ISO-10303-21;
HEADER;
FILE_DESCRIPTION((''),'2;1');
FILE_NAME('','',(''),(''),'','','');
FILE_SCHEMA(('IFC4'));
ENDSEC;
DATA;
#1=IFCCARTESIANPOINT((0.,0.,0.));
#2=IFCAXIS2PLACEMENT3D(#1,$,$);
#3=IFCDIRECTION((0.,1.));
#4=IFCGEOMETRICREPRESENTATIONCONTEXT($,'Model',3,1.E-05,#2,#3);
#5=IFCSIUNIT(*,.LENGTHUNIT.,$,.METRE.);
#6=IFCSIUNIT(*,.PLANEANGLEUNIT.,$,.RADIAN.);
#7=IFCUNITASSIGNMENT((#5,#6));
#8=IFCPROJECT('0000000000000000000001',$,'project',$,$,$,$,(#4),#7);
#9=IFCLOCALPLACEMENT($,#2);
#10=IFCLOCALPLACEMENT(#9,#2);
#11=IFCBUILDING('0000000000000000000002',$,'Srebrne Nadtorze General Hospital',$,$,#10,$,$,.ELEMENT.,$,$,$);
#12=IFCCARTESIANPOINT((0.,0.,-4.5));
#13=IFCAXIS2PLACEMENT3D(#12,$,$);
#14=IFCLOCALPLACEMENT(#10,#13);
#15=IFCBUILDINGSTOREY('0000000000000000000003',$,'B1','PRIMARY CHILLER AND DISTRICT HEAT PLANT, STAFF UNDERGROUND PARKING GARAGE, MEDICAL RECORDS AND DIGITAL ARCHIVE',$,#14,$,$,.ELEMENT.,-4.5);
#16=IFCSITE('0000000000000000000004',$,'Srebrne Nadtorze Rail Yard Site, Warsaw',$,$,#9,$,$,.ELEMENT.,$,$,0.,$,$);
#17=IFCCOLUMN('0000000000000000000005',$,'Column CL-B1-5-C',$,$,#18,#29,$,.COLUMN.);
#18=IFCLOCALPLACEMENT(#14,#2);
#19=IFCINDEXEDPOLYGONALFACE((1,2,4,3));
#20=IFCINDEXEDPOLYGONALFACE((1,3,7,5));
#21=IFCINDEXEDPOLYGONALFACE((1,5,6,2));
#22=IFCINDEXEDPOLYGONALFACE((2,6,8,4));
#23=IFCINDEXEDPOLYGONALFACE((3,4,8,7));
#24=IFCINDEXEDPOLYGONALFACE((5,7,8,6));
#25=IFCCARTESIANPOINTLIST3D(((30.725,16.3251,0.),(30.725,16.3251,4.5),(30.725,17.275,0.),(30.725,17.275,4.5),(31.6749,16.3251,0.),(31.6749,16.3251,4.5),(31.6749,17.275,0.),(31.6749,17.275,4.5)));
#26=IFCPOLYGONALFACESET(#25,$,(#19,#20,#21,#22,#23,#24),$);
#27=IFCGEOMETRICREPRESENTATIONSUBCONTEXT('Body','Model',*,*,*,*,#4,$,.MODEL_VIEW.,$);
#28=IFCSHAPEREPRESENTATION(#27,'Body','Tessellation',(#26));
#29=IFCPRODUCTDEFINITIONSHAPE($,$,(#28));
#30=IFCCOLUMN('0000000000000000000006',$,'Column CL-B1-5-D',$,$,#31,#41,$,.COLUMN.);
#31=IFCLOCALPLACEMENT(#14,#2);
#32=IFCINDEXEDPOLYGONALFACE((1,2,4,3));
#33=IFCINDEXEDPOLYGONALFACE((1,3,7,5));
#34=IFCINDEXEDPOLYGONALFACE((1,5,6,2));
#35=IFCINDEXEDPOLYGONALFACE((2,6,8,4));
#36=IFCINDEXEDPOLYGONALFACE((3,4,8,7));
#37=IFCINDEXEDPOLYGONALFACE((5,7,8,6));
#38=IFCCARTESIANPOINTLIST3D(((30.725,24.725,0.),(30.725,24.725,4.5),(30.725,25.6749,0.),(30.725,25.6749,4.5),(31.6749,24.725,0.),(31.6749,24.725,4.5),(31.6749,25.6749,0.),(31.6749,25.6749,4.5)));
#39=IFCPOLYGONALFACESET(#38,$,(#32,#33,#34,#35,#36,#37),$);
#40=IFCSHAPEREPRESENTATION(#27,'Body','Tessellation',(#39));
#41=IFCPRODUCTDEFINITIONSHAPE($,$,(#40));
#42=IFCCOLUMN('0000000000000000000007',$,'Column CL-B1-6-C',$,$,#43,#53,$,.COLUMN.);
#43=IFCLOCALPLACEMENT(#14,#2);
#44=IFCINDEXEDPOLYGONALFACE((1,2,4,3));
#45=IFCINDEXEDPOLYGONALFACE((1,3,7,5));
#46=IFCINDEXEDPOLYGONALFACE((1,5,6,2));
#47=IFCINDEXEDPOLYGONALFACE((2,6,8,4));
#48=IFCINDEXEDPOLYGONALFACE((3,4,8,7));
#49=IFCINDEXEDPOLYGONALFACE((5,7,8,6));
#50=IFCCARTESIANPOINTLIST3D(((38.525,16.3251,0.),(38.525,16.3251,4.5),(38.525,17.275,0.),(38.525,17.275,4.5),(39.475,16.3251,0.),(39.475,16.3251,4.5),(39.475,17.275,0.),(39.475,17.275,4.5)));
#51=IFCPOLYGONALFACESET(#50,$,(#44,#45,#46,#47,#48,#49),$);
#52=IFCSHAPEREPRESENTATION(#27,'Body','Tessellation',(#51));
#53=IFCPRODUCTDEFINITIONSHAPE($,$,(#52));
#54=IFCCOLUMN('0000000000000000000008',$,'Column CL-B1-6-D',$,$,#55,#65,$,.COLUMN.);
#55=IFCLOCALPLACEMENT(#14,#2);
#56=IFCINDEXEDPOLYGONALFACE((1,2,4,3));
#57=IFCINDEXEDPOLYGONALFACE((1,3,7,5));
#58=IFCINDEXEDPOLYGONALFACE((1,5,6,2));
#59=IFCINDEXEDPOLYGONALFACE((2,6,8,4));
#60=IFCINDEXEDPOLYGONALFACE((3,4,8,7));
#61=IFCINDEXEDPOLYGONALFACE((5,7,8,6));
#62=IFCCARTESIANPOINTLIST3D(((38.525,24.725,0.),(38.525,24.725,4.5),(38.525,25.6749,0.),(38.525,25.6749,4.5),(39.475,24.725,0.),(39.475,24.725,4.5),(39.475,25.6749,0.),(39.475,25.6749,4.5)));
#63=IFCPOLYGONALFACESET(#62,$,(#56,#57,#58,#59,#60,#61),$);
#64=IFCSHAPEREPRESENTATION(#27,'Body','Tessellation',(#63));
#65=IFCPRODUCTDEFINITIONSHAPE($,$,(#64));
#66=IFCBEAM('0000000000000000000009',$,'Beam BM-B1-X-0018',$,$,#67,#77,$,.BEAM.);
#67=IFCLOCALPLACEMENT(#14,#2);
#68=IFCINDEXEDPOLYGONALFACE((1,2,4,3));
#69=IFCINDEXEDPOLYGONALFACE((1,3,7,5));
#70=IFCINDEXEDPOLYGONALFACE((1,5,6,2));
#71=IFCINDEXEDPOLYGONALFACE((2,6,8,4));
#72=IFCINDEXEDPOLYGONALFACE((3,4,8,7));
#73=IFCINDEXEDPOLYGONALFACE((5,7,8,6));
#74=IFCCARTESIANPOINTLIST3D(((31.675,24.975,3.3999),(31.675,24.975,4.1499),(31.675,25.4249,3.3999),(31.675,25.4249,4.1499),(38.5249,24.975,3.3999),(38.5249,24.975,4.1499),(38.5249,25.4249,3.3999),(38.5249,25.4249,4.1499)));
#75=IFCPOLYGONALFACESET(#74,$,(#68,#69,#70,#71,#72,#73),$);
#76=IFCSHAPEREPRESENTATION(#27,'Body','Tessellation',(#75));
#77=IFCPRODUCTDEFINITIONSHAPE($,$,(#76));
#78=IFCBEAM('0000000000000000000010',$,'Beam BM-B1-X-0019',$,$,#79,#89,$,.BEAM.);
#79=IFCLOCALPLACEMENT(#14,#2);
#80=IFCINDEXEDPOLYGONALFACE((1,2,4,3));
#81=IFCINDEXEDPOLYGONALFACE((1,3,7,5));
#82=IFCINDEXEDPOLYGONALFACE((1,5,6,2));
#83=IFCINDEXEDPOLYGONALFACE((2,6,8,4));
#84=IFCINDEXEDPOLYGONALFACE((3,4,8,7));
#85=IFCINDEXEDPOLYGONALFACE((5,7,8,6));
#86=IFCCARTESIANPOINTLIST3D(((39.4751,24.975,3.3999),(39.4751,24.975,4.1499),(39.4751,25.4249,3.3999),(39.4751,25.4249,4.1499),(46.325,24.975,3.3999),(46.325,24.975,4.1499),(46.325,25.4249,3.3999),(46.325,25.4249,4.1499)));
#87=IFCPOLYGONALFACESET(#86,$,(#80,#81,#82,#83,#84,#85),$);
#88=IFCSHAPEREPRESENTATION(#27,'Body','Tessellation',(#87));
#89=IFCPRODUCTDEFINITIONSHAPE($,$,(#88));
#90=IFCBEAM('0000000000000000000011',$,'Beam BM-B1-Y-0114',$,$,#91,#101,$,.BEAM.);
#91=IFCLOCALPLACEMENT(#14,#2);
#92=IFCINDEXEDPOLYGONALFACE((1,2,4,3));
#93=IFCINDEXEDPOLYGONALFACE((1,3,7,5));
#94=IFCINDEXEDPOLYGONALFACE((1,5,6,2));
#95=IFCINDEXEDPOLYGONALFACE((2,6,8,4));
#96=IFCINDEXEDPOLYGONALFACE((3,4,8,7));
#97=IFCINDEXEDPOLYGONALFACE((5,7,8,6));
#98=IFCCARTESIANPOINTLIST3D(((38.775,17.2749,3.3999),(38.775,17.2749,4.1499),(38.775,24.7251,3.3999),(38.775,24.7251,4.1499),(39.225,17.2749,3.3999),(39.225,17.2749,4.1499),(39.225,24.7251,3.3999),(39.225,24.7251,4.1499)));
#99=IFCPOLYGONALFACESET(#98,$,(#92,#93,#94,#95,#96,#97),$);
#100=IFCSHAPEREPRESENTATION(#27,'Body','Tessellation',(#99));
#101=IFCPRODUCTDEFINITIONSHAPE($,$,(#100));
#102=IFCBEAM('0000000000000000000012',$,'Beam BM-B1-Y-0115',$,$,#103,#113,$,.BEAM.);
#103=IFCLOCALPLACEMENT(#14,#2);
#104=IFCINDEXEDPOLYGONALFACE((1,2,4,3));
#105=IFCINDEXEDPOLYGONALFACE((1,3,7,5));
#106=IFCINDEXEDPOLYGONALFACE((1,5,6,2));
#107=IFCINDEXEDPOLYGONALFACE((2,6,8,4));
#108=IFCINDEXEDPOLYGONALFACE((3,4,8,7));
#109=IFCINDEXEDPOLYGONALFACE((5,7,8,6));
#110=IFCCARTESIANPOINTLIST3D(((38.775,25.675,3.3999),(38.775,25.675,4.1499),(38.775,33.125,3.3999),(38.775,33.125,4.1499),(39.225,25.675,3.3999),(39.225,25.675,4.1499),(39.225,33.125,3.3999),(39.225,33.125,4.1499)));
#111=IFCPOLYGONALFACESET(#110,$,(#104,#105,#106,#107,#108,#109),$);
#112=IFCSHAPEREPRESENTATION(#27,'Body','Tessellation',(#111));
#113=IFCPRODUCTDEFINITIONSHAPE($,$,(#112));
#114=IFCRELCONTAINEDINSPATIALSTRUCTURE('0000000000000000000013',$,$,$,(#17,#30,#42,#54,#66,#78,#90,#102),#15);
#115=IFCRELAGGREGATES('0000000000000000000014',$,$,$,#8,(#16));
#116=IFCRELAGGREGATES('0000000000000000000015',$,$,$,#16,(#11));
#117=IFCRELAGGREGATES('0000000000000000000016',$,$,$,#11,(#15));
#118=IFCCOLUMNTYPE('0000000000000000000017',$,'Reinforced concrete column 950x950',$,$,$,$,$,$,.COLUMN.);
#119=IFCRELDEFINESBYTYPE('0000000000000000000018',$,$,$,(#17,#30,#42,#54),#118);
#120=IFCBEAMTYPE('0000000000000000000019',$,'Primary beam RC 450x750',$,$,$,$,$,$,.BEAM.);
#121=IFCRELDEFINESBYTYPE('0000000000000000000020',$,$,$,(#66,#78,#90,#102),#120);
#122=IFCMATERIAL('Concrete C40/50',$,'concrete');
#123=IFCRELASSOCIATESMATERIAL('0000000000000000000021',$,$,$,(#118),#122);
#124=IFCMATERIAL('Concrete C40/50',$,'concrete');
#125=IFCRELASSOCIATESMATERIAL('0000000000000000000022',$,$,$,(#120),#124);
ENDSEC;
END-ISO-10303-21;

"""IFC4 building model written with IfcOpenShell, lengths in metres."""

from ifc_helpers import new_model, si_unit, direction, frame, origin, origin_2d, place, context, subcontext, project, spatial, rectangle, extrude, material, material_profile, profile_set, type_object, element, save


model = new_model("IFC4")

# Units and contexts
model_context = context("Model", 3, precision=1e-05, world=origin(), true_north=direction((0.0, 1.0)))
body_context = subcontext(model_context, "Body", "Model", "MODEL_VIEW")
ifc_project = project(units=[si_unit("LENGTHUNIT", "METRE"), si_unit("PLANEANGLEUNIT", "RADIAN")], contexts=[model_context])

# Site, building, storey
site_placement = place(None, origin())
site = spatial("IfcSite", under=ifc_project, at=site_placement, Name="Srebrne Nadtorze Rail Yard Site, Warsaw", CompositionType="ELEMENT", RefElevation=0.0)
building_placement = place(site_placement, origin())
building = spatial("IfcBuilding", under=site, at=building_placement, Name="Srebrne Nadtorze General Hospital", CompositionType="ELEMENT")
storey_placement = place(building_placement, frame((0.0, 0.0, -4.5)))
storey = spatial("IfcBuildingStorey", under=building, at=storey_placement, Name="B1", Description="PRIMARY CHILLER AND DISTRICT HEAT PLANT, STAFF UNDERGROUND PARKING GARAGE, MEDICAL RECORDS AND DIGITAL ARCHIVE", CompositionType="ELEMENT", Elevation=-4.5)

# Columns
ifc_material_1 = material(Name="Concrete C40/50", Category="concrete")
ifc_material_profile_1 = material_profile(ifc_material_1, rectangle(XDim=0.95, YDim=0.95, at=origin_2d()), Name="RC-COL-950x950")
ifc_profile_set_1 = profile_set([ifc_material_profile_1], Name="Concrete C40/50")
column_type = type_object("IfcColumnType", Name="Reinforced concrete column 950x950", PredefinedType="COLUMN", material=ifc_profile_set_1)
for number, where, z_axis, x_axis, name in (
    (1, (31.2, 16.8, 0.0), (0.0, 0.0, 1.0), (1.0, 0.0, 0.0), "Column CL-B1-5-C"),
    (2, (31.2, 25.2, 0.0), (0.0, 0.0, 1.0), (1.0, 0.0, 0.0), "Column CL-B1-5-D"),
    (3, (39.0, 16.8, 0.0), (0.0, 0.0, 1.0), (1.0, 0.0, 0.0), "Column CL-B1-6-C"),
    (4, (39.0, 25.2, 0.0), (0.0, 0.0, 1.0), (1.0, 0.0, 0.0), "Column CL-B1-6-D"),
):
    element("IfcColumn", number, at=place(storey_placement, frame(where, z_axis=z_axis, x_axis=x_axis)), inside=storey, type_object=column_type, Name=name, PredefinedType="COLUMN", context=body_context, shape_type="SweptSolid", body=[
        extrude(rectangle(XDim=0.95, YDim=0.95, at=origin_2d()), origin(), (0.0, 0.0, 1.0), 4.5),
    ])

# Beams
ifc_material_2 = material(Name="Concrete C40/50", Category="concrete")
ifc_material_profile_2 = material_profile(ifc_material_2, rectangle(XDim=0.45, YDim=0.75, at=origin_2d()), Name="RC-BM-450x750")
ifc_profile_set_2 = profile_set([ifc_material_profile_2], Name="Concrete C40/50")
beam_type = type_object("IfcBeamType", Name="Primary beam RC 450x750", PredefinedType="BEAM", material=ifc_profile_set_2)
for number, where, z_axis, x_axis, name in (
    (5, (31.675, 25.2, 3.7749), (1.0, 0.0, 0.0), (0.0, 1.0, 0.0), "Beam BM-B1-X-0018"),
    (6, (39.4751, 25.2, 3.7749), (1.0, 0.0, 0.0), (0.0, 1.0, 0.0), "Beam BM-B1-X-0019"),
):
    element("IfcBeam", number, at=place(storey_placement, frame(where, z_axis=z_axis, x_axis=x_axis)), inside=storey, type_object=beam_type, Name=name, PredefinedType="BEAM", context=body_context, shape_type="SweptSolid", body=[
        extrude(rectangle(XDim=0.45, YDim=0.75, at=origin_2d()), origin(), (0.0, 0.0, 1.0), 6.8499),
    ])
beam_1_placement = place(storey_placement, frame((39.0, 17.2749, 3.7749), z_axis=(0.0, 1.0, 0.0), x_axis=(-1.0, 0.0, 0.0)))
element("IfcBeam", 7, at=beam_1_placement, inside=storey, type_object=beam_type, Name="Beam BM-B1-Y-0114", PredefinedType="BEAM", context=body_context, shape_type="SweptSolid", body=[
    extrude(rectangle(XDim=0.45, YDim=0.75, at=origin_2d()), origin(), (0.0, 0.0, 1.0), 7.4502),
])
beam_2_placement = place(storey_placement, frame((39.0, 25.675, 3.7749), z_axis=(0.0, 1.0, 0.0), x_axis=(-1.0, 0.0, 0.0)))
element("IfcBeam", 8, at=beam_2_placement, inside=storey, type_object=beam_type, Name="Beam BM-B1-Y-0115", PredefinedType="BEAM", context=body_context, shape_type="SweptSolid", body=[
    extrude(rectangle(XDim=0.45, YDim=0.75, at=origin_2d()), origin(), (0.0, 0.0, 1.0), 7.45),
])

save(model, "model.ifc")
